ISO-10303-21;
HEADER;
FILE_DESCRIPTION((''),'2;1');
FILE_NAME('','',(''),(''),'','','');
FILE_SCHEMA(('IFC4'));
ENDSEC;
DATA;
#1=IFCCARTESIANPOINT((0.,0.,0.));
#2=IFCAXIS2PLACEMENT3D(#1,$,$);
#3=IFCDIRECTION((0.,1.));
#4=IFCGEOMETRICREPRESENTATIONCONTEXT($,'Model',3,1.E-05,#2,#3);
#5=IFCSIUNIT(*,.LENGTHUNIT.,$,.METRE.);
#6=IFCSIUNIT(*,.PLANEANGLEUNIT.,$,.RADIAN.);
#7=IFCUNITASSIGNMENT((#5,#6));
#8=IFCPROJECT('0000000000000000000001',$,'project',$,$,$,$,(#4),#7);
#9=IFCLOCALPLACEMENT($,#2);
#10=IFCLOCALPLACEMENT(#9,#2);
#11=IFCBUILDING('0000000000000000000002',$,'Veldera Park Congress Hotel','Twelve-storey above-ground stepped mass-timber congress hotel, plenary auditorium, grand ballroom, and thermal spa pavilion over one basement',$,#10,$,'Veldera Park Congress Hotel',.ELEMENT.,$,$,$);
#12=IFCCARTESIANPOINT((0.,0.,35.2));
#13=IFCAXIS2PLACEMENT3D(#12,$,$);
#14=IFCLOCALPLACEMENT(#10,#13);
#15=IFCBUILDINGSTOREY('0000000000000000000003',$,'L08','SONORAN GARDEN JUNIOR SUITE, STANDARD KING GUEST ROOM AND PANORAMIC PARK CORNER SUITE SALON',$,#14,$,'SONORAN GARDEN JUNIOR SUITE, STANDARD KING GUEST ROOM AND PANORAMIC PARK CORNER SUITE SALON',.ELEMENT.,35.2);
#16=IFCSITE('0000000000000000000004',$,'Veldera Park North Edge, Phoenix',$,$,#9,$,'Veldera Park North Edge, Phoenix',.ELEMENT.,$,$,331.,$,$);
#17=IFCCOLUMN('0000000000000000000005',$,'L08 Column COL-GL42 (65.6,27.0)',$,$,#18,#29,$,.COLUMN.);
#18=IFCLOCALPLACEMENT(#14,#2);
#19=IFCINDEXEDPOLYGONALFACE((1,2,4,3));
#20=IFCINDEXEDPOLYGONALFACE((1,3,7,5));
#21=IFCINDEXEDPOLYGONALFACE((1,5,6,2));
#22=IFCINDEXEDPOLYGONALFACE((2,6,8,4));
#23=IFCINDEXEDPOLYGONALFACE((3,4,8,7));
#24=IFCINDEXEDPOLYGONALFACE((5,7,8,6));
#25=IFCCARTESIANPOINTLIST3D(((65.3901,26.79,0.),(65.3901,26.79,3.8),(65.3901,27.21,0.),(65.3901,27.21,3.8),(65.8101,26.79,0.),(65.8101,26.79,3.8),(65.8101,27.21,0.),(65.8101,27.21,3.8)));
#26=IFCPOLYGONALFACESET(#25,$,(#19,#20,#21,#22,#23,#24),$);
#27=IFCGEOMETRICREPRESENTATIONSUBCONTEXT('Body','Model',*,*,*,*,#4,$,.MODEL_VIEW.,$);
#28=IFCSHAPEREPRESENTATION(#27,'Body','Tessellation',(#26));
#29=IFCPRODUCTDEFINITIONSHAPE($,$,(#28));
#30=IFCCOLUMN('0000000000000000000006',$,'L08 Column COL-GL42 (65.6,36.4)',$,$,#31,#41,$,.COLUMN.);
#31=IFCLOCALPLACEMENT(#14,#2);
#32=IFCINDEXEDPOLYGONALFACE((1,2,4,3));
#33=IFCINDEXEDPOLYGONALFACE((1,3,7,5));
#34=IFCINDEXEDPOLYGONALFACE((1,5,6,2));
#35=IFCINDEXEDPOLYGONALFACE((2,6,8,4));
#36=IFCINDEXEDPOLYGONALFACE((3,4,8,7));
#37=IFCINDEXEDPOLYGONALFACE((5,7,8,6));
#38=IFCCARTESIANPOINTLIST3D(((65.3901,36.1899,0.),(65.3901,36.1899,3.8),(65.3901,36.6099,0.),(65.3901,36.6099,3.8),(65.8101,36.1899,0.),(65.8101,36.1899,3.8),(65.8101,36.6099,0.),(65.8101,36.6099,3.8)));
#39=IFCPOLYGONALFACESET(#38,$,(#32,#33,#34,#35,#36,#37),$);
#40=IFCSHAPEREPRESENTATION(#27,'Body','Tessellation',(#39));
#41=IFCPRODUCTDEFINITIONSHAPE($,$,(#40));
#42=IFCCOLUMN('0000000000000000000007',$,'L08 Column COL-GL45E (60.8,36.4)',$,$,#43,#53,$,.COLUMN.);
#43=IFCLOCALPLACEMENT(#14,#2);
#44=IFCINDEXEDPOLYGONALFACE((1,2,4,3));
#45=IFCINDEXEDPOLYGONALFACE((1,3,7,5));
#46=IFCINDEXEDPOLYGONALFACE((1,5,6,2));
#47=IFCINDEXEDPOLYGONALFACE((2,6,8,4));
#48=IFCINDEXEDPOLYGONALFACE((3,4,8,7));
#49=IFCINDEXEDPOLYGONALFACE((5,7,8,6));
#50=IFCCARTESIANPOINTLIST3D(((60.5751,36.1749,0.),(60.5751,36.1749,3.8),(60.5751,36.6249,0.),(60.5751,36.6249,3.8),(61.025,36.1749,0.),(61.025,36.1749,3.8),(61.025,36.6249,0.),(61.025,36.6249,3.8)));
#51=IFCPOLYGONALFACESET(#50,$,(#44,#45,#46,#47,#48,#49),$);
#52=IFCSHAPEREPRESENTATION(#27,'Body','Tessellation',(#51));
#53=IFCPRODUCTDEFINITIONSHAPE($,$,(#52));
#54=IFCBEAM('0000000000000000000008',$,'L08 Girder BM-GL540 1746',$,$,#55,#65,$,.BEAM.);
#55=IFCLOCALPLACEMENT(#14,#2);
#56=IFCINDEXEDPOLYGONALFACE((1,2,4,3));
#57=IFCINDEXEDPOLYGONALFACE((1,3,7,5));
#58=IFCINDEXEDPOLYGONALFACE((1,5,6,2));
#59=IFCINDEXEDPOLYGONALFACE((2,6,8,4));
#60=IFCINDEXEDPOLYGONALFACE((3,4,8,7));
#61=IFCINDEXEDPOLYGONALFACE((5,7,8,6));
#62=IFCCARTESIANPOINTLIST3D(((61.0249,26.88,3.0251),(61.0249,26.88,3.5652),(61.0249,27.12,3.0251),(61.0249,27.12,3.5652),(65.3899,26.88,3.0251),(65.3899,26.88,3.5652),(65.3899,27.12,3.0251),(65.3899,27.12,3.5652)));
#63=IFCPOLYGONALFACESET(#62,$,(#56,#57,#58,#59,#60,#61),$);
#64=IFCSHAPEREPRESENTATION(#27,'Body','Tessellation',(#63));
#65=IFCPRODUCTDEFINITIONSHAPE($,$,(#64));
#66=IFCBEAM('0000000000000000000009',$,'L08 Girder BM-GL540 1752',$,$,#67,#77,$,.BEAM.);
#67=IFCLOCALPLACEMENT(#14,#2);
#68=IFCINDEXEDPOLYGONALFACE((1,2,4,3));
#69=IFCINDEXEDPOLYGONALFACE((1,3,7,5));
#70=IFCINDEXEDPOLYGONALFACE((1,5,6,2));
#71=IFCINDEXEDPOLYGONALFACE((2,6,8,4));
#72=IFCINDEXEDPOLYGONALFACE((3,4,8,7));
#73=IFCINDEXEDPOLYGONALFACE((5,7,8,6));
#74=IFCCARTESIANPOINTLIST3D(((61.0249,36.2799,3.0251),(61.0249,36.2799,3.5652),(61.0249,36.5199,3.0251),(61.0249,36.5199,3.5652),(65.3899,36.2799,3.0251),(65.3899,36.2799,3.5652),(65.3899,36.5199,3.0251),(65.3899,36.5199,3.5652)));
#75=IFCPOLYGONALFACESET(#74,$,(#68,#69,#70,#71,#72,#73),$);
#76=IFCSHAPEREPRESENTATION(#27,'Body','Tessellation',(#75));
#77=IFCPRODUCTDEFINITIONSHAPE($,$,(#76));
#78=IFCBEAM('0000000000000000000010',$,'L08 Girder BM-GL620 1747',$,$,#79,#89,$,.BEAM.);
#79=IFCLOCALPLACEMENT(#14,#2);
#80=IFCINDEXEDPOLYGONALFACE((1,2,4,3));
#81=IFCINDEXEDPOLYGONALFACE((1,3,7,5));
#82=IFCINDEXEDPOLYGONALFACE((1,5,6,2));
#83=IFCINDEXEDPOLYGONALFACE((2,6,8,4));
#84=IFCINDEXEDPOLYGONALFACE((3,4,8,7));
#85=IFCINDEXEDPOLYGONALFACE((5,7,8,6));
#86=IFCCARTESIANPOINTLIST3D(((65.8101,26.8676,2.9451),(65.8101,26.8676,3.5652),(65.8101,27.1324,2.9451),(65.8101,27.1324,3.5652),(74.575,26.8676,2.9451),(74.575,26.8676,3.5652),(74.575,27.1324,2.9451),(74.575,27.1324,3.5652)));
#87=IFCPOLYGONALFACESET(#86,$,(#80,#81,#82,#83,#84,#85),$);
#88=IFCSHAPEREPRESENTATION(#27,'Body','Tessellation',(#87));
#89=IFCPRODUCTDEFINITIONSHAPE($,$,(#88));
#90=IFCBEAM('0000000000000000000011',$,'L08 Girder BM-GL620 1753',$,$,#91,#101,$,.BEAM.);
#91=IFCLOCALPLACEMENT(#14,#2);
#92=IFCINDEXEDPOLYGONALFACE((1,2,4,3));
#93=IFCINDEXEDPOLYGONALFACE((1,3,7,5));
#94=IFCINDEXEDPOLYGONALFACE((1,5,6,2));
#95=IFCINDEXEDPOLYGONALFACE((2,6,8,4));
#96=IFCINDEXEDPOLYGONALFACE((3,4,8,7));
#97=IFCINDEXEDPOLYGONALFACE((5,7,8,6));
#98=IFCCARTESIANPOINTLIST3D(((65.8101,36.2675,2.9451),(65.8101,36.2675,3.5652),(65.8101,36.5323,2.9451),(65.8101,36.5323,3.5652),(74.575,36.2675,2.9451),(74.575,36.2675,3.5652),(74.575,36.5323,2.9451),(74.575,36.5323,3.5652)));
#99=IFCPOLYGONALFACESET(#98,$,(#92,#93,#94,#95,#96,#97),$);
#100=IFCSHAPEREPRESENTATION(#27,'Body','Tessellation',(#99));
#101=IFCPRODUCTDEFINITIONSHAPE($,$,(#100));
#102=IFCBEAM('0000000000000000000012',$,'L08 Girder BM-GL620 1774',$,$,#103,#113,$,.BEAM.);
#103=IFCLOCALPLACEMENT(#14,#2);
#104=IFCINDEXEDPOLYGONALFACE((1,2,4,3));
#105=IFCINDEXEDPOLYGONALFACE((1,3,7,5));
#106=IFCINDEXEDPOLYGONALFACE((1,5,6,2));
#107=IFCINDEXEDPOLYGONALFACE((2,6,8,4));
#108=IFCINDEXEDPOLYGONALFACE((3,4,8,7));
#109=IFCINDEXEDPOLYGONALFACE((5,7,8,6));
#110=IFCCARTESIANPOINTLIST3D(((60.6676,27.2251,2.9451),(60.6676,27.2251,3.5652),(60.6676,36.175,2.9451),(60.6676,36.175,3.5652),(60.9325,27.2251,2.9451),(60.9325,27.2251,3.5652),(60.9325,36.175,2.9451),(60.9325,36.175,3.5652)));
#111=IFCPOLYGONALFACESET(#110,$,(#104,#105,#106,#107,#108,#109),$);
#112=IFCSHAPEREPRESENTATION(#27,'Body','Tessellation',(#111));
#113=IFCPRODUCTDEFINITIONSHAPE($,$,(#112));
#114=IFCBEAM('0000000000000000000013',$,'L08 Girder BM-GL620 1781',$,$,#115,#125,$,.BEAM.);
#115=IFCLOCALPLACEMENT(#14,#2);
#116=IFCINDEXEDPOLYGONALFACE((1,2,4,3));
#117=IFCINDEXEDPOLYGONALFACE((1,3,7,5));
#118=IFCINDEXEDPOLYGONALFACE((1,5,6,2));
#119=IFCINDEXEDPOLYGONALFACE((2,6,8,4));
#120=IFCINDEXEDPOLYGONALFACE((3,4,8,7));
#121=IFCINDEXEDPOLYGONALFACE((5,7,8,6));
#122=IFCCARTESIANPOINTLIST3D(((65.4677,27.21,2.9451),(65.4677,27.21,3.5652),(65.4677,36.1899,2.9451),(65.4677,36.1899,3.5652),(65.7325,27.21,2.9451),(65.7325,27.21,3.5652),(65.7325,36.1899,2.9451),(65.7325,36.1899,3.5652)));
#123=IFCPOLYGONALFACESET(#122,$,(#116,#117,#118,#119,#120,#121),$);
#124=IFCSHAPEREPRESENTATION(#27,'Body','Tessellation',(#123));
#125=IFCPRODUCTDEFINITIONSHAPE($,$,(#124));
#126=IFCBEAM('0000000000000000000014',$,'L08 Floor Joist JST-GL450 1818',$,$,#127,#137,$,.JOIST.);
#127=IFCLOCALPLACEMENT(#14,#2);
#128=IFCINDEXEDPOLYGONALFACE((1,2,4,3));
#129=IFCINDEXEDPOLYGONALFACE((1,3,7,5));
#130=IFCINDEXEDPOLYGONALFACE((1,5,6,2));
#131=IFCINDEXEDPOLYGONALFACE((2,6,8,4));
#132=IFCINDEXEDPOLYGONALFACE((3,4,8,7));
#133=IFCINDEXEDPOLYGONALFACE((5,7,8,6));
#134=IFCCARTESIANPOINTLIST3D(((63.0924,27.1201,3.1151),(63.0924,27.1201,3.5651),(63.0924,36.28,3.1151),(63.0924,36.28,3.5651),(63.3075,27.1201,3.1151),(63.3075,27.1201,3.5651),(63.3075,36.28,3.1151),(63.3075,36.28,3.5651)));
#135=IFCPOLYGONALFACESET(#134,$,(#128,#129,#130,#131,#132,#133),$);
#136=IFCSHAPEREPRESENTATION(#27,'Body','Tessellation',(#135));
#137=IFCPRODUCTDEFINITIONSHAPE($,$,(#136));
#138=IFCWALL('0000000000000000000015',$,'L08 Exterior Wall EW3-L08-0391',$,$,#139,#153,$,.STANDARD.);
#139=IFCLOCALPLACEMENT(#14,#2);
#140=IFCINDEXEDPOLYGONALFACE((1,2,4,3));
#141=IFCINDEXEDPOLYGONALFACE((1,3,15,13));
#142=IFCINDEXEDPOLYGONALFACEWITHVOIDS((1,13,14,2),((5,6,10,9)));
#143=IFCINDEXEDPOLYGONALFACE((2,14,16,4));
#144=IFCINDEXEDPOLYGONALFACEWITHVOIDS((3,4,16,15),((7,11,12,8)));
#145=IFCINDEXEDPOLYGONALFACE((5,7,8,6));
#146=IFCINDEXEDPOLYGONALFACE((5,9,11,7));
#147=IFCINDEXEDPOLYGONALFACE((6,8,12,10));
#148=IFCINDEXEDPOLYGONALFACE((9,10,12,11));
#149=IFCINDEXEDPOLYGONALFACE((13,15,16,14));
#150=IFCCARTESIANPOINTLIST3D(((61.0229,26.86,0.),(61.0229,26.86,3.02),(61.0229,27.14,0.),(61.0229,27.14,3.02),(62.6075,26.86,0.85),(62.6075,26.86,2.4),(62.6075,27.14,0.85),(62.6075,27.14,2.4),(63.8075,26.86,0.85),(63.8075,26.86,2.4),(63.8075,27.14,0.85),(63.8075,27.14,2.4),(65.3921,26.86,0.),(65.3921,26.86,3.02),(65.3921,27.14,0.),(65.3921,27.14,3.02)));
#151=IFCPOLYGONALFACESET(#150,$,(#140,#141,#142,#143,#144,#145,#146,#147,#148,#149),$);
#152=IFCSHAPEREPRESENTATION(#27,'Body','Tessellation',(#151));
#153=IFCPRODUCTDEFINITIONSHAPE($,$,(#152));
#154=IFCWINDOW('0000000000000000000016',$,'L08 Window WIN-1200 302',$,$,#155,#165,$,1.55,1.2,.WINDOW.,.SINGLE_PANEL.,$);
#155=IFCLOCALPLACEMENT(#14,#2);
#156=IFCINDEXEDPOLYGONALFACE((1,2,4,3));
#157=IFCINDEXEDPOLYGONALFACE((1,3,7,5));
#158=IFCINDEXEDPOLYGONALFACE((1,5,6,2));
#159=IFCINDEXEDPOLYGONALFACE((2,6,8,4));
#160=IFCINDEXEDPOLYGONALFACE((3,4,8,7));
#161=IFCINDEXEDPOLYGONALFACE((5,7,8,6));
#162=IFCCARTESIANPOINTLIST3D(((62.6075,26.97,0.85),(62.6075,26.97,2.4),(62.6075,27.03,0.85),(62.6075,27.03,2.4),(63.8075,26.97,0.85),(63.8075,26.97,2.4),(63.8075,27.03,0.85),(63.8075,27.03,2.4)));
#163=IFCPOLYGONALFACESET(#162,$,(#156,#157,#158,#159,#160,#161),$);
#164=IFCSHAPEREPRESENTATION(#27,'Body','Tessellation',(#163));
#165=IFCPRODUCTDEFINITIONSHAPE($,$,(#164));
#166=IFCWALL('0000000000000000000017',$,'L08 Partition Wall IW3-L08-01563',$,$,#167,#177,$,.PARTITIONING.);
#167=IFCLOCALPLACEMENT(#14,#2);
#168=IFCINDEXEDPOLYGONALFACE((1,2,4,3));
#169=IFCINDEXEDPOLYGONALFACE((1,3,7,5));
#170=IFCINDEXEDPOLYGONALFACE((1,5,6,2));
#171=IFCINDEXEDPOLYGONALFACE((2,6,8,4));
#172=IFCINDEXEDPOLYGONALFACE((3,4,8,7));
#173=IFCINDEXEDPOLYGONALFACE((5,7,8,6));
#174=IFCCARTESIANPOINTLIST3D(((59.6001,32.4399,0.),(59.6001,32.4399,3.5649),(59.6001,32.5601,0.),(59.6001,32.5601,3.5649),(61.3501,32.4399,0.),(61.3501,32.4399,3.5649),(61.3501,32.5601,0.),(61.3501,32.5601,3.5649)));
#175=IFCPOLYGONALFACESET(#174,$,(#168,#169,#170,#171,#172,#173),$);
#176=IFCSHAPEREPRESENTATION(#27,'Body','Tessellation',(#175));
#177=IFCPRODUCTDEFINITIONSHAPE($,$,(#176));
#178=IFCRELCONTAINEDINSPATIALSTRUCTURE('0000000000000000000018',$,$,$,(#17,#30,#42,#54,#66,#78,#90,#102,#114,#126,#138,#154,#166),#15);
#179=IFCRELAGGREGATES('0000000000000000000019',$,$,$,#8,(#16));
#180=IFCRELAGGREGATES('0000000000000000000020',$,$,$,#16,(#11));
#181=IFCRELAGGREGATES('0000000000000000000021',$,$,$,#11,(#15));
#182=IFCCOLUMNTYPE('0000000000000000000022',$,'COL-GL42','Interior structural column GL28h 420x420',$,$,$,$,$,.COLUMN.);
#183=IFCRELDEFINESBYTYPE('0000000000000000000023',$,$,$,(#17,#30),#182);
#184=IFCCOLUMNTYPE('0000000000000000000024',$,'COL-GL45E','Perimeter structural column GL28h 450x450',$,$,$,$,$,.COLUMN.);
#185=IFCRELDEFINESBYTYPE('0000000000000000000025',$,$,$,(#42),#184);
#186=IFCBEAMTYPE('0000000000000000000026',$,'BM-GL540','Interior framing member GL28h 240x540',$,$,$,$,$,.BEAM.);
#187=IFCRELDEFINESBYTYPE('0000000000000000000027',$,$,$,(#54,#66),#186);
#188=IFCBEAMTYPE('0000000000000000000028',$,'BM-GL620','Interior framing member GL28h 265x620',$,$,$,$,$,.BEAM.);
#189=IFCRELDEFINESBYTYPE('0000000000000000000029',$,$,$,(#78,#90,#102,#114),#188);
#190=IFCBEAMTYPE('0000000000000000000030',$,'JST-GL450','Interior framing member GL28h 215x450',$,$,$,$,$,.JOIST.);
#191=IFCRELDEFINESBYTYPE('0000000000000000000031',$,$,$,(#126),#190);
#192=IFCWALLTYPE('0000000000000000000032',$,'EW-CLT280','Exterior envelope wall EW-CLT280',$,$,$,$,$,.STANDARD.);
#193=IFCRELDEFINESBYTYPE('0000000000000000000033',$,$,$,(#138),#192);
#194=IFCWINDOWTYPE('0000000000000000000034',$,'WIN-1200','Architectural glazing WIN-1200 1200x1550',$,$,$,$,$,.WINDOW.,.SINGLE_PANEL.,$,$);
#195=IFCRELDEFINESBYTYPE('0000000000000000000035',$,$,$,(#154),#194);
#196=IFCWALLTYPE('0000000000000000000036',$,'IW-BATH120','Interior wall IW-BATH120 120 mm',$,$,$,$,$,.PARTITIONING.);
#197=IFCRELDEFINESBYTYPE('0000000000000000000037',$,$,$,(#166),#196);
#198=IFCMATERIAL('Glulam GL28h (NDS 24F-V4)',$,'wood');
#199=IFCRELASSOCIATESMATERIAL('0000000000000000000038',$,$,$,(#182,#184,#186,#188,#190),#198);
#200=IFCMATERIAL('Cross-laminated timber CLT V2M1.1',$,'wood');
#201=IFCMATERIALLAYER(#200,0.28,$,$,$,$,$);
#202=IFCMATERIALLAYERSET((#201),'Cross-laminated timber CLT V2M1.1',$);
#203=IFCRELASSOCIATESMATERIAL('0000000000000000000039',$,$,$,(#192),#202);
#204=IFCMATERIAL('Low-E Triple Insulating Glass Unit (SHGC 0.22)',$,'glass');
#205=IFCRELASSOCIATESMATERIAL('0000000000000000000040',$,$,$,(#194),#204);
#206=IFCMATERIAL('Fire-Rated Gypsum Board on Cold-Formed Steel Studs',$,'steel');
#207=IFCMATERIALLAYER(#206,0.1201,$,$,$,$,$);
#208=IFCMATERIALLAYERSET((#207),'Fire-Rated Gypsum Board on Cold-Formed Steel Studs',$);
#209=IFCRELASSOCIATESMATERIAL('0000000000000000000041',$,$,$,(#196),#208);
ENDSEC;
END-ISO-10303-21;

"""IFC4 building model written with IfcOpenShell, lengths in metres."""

from ifc_helpers import new_model, si_unit, direction, frame, frame_2d, origin, origin_2d, place, context, subcontext, project, spatial, rectangle, extrude, material, layer, layer_set, material_profile, profile_set, type_object, element, fill, save


model = new_model("IFC4")

# Units and contexts
model_context = context("Model", 3, precision=1e-05, world=origin(), true_north=direction((0.0, 1.0)))
body_context = subcontext(model_context, "Body", "Model", "MODEL_VIEW")
ifc_project = project(units=[si_unit("LENGTHUNIT", "METRE"), si_unit("PLANEANGLEUNIT", "RADIAN")], contexts=[model_context])

# Site, building, storey
site_placement = place(None, origin())
site = spatial("IfcSite", under=ifc_project, at=site_placement, Name="Veldera Park North Edge, Phoenix", LongName="Veldera Park North Edge, Phoenix", CompositionType="ELEMENT", RefElevation=331.0)
building_placement = place(site_placement, origin())
building = spatial("IfcBuilding", under=site, at=building_placement, Name="Veldera Park Congress Hotel", Description="Twelve-storey above-ground stepped mass-timber congress hotel, plenary auditorium, grand ballroom, and thermal spa pavilion over one basement", LongName="Veldera Park Congress Hotel", CompositionType="ELEMENT")
storey_placement = place(building_placement, frame((0.0, 0.0, 35.2)))
storey = spatial("IfcBuildingStorey", under=building, at=storey_placement, Name="L08", Description="SONORAN GARDEN JUNIOR SUITE, STANDARD KING GUEST ROOM AND PANORAMIC PARK CORNER SUITE SALON", LongName="SONORAN GARDEN JUNIOR SUITE, STANDARD KING GUEST ROOM AND PANORAMIC PARK CORNER SUITE SALON", CompositionType="ELEMENT", Elevation=35.2)

# Columns
ifc_material_1 = material(Name="Glulam GL28h (NDS 24F-V4)", Category="wood")
ifc_material_profile_1 = material_profile(ifc_material_1, rectangle(XDim=0.4199, YDim=0.4199, at=origin_2d()), Name="GL28h 420x420")
ifc_profile_set_1 = profile_set([ifc_material_profile_1], Name="Glulam GL28h (NDS 24F-V4)")
column_type_1 = type_object("IfcColumnType", Name="COL-GL42", Description="Interior structural column GL28h 420x420", PredefinedType="COLUMN", material=ifc_profile_set_1)
for number, where, z_axis, x_axis, name in (
    (1, (65.6001, 27.0, 0.0), (0.0, 0.0, 1.0), (1.0, 0.0, 0.0), "L08 Column COL-GL42 (65.6,27.0)"),
    (2, (65.6001, 36.3999, 0.0), (0.0, 0.0, 1.0), (1.0, 0.0, 0.0), "L08 Column COL-GL42 (65.6,36.4)"),
):
    element("IfcColumn", number, at=place(storey_placement, frame(where, z_axis=z_axis, x_axis=x_axis)), inside=storey, type_object=column_type_1, Name=name, PredefinedType="COLUMN", context=body_context, shape_type="SweptSolid", body=[
        extrude(rectangle(XDim=0.4199, YDim=0.4199, at=origin_2d()), origin(), (0.0, 0.0, 1.0), 3.8),
    ])
ifc_material_profile_2 = material_profile(ifc_material_1, rectangle(XDim=0.45, YDim=0.45, at=origin_2d()), Name="GL28h 450x450")
ifc_profile_set_2 = profile_set([ifc_material_profile_2], Name="Glulam GL28h (NDS 24F-V4)")
column_type_2 = type_object("IfcColumnType", Name="COL-GL45E", Description="Perimeter structural column GL28h 450x450", PredefinedType="COLUMN", material=ifc_profile_set_2)
column_placement = place(storey_placement, frame((60.8, 36.3999, 0.0), z_axis=(0.0, 0.0, 1.0), x_axis=(1.0, 0.0, 0.0)))
element("IfcColumn", 3, at=column_placement, inside=storey, type_object=column_type_2, Name="L08 Column COL-GL45E (60.8,36.4)", PredefinedType="COLUMN", context=body_context, shape_type="SweptSolid", body=[
    extrude(rectangle(XDim=0.45, YDim=0.45, at=origin_2d()), origin(), (0.0, 0.0, 1.0), 3.8),
])

# Beams
ifc_material_profile_3 = material_profile(ifc_material_1, rectangle(XDim=0.24, YDim=0.54, at=origin_2d()), Name="GL28h 240x540")
ifc_profile_set_3 = profile_set([ifc_material_profile_3], Name="Glulam GL28h (NDS 24F-V4)")
beam_type_1 = type_object("IfcBeamType", Name="BM-GL540", Description="Interior framing member GL28h 240x540", PredefinedType="BEAM", material=ifc_profile_set_3)
for number, where, z_axis, x_axis, name in (
    (4, (61.0249, 27.0, 3.2952), (1.0, 0.0, 0.0), (0.0, 1.0, 0.0), "L08 Girder BM-GL540 1746"),
    (5, (61.0249, 36.3999, 3.2952), (1.0, 0.0, 0.0), (0.0, 1.0, 0.0), "L08 Girder BM-GL540 1752"),
):
    element("IfcBeam", number, at=place(storey_placement, frame(where, z_axis=z_axis, x_axis=x_axis)), inside=storey, type_object=beam_type_1, Name=name, PredefinedType="BEAM", context=body_context, shape_type="SweptSolid", body=[
        extrude(rectangle(XDim=0.24, YDim=0.54, at=origin_2d()), origin(), (0.0, 0.0, 1.0), 4.365),
    ])
ifc_material_profile_4 = material_profile(ifc_material_1, rectangle(XDim=0.2649, YDim=0.6201, at=origin_2d()), Name="GL28h 265x620")
ifc_profile_set_4 = profile_set([ifc_material_profile_4], Name="Glulam GL28h (NDS 24F-V4)")
beam_type_2 = type_object("IfcBeamType", Name="BM-GL620", Description="Interior framing member GL28h 265x620", PredefinedType="BEAM", material=ifc_profile_set_4)
for number, where, z_axis, x_axis, name in (
    (6, (65.8101, 27.0, 3.2551), (1.0, 0.0, 0.0), (0.0, 1.0, 0.0), "L08 Girder BM-GL620 1747"),
    (7, (65.8101, 36.3999, 3.2551), (1.0, 0.0, 0.0), (0.0, 1.0, 0.0), "L08 Girder BM-GL620 1753"),
):
    element("IfcBeam", number, at=place(storey_placement, frame(where, z_axis=z_axis, x_axis=x_axis)), inside=storey, type_object=beam_type_2, Name=name, PredefinedType="BEAM", context=body_context, shape_type="SweptSolid", body=[
        extrude(rectangle(XDim=0.2649, YDim=0.6201, at=origin_2d()), origin(), (0.0, 0.0, 1.0), 8.7649),
    ])
beam_1_placement = place(storey_placement, frame((60.8, 27.2251, 3.2551), z_axis=(0.0, 1.0, 0.0), x_axis=(-1.0, 0.0, 0.0)))
element("IfcBeam", 8, at=beam_1_placement, inside=storey, type_object=beam_type_2, Name="L08 Girder BM-GL620 1774", PredefinedType="BEAM", context=body_context, shape_type="SweptSolid", body=[
    extrude(rectangle(XDim=0.2649, YDim=0.6201, at=origin_2d()), origin(), (0.0, 0.0, 1.0), 8.95),
])
beam_2_placement = place(storey_placement, frame((65.6001, 27.21, 3.2551), z_axis=(0.0, 1.0, 0.0), x_axis=(-1.0, 0.0, 0.0)))
element("IfcBeam", 9, at=beam_2_placement, inside=storey, type_object=beam_type_2, Name="L08 Girder BM-GL620 1781", PredefinedType="BEAM", context=body_context, shape_type="SweptSolid", body=[
    extrude(rectangle(XDim=0.2649, YDim=0.6201, at=origin_2d()), origin(), (0.0, 0.0, 1.0), 8.98),
])
ifc_material_profile_5 = material_profile(ifc_material_1, rectangle(XDim=0.2151, YDim=0.45, at=origin_2d()), Name="GL28h 215x450")
ifc_profile_set_5 = profile_set([ifc_material_profile_5], Name="Glulam GL28h (NDS 24F-V4)")
beam_type_3 = type_object("IfcBeamType", Name="JST-GL450", Description="Interior framing member GL28h 215x450", PredefinedType="JOIST", material=ifc_profile_set_5)
beam_3_placement = place(storey_placement, frame((63.2, 27.1201, 3.3401), z_axis=(0.0, 1.0, 0.0), x_axis=(-1.0, 0.0, 0.0)))
element("IfcBeam", 10, at=beam_3_placement, inside=storey, type_object=beam_type_3, Name="L08 Floor Joist JST-GL450 1818", PredefinedType="JOIST", context=body_context, shape_type="SweptSolid", body=[
    extrude(rectangle(XDim=0.2151, YDim=0.45, at=origin_2d()), origin(), (0.0, 0.0, 1.0), 9.1599),
])

# Wall, opening, window
ifc_material_2 = material(Name="Cross-laminated timber CLT V2M1.1", Category="wood")
ifc_layer_1 = layer(ifc_material_2, 0.28)
ifc_layer_set_1 = layer_set([ifc_layer_1], Name="Cross-laminated timber CLT V2M1.1")
wall_type_1 = type_object("IfcWallType", Name="EW-CLT280", Description="Exterior envelope wall EW-CLT280", PredefinedType="STANDARD", material=ifc_layer_set_1)
wall_1_placement = place(storey_placement, frame((61.0229, 27.0, 0.0), z_axis=(0.0, 0.0, 1.0), x_axis=(1.0, 0.0, 0.0)))
wall_1 = element("IfcWall", 11, at=wall_1_placement, inside=storey, type_object=wall_type_1, Name="L08 Exterior Wall EW3-L08-0391", PredefinedType="STANDARD", context=body_context, shape_type="SweptSolid", body=[
    extrude(rectangle(XDim=4.3691, YDim=0.28, at=frame_2d((2.1846, 0.0))), origin(), (0.0, 0.0, 1.0), 3.02),
])
opening_1_placement = place(wall_1_placement, frame((1.5845, 0.0, 0.8501)))
opening_1 = element("IfcOpeningElement", 12, at=opening_1_placement, cuts=wall_1, PredefinedType="OPENING", context=body_context, shape_type="SweptSolid", body=[
    extrude(rectangle(XDim=1.2, YDim=1.55, at=frame_2d((0.6001, 0.7749))), frame((0.0, 0.1521, 0.0), z_axis=(0.0, -1.0, 0.0), x_axis=(1.0, 0.0, 0.0)), (0.0, 0.0, 1.0), 0.304),
])
ifc_material_3 = material(Name="Low-E Triple Insulating Glass Unit (SHGC 0.22)", Category="glass")
window_type = type_object("IfcWindowType", Name="WIN-1200", Description="Architectural glazing WIN-1200 1200x1550", PartitioningType="SINGLE_PANEL", PredefinedType="WINDOW", material=ifc_material_3)
window_placement = place(opening_1_placement, origin())
window = element("IfcWindow", 13, at=window_placement, inside=storey, type_object=window_type, Name="L08 Window WIN-1200 302", OverallHeight=1.55, OverallWidth=1.2, PartitioningType="SINGLE_PANEL", PredefinedType="WINDOW", context=body_context, shape_type="SweptSolid", body=[
    extrude(rectangle(XDim=1.2, YDim=1.55, at=frame_2d((0.6001, 0.7749))), frame((0.0, 0.03, 0.0), z_axis=(0.0, -1.0, 0.0), x_axis=(1.0, 0.0, 0.0)), (0.0, 0.0, 1.0), 0.0601),
])
fill(opening_1, window)

# Shared definitions
ifc_material_4 = material(Name="Fire-Rated Gypsum Board on Cold-Formed Steel Studs", Category="steel")
ifc_layer_2 = layer(ifc_material_4, 0.1201)
ifc_layer_set_2 = layer_set([ifc_layer_2], Name="Fire-Rated Gypsum Board on Cold-Formed Steel Studs")
wall_type_2 = type_object("IfcWallType", Name="IW-BATH120", Description="Interior wall IW-BATH120 120 mm", PredefinedType="PARTITIONING", material=ifc_layer_set_2)

# Wall
wall_2_placement = place(storey_placement, frame((59.6001, 32.5, 0.0), z_axis=(0.0, 0.0, 1.0), x_axis=(1.0, 0.0, 0.0)))
element("IfcWall", 14, at=wall_2_placement, inside=storey, type_object=wall_type_2, Name="L08 Partition Wall IW3-L08-01563", PredefinedType="PARTITIONING", context=body_context, shape_type="SweptSolid", body=[
    extrude(rectangle(XDim=1.75, YDim=0.1201, at=frame_2d((0.875, 0.0))), origin(), (0.0, 0.0, 1.0), 3.5649),
])

save(model, "model.ifc")
